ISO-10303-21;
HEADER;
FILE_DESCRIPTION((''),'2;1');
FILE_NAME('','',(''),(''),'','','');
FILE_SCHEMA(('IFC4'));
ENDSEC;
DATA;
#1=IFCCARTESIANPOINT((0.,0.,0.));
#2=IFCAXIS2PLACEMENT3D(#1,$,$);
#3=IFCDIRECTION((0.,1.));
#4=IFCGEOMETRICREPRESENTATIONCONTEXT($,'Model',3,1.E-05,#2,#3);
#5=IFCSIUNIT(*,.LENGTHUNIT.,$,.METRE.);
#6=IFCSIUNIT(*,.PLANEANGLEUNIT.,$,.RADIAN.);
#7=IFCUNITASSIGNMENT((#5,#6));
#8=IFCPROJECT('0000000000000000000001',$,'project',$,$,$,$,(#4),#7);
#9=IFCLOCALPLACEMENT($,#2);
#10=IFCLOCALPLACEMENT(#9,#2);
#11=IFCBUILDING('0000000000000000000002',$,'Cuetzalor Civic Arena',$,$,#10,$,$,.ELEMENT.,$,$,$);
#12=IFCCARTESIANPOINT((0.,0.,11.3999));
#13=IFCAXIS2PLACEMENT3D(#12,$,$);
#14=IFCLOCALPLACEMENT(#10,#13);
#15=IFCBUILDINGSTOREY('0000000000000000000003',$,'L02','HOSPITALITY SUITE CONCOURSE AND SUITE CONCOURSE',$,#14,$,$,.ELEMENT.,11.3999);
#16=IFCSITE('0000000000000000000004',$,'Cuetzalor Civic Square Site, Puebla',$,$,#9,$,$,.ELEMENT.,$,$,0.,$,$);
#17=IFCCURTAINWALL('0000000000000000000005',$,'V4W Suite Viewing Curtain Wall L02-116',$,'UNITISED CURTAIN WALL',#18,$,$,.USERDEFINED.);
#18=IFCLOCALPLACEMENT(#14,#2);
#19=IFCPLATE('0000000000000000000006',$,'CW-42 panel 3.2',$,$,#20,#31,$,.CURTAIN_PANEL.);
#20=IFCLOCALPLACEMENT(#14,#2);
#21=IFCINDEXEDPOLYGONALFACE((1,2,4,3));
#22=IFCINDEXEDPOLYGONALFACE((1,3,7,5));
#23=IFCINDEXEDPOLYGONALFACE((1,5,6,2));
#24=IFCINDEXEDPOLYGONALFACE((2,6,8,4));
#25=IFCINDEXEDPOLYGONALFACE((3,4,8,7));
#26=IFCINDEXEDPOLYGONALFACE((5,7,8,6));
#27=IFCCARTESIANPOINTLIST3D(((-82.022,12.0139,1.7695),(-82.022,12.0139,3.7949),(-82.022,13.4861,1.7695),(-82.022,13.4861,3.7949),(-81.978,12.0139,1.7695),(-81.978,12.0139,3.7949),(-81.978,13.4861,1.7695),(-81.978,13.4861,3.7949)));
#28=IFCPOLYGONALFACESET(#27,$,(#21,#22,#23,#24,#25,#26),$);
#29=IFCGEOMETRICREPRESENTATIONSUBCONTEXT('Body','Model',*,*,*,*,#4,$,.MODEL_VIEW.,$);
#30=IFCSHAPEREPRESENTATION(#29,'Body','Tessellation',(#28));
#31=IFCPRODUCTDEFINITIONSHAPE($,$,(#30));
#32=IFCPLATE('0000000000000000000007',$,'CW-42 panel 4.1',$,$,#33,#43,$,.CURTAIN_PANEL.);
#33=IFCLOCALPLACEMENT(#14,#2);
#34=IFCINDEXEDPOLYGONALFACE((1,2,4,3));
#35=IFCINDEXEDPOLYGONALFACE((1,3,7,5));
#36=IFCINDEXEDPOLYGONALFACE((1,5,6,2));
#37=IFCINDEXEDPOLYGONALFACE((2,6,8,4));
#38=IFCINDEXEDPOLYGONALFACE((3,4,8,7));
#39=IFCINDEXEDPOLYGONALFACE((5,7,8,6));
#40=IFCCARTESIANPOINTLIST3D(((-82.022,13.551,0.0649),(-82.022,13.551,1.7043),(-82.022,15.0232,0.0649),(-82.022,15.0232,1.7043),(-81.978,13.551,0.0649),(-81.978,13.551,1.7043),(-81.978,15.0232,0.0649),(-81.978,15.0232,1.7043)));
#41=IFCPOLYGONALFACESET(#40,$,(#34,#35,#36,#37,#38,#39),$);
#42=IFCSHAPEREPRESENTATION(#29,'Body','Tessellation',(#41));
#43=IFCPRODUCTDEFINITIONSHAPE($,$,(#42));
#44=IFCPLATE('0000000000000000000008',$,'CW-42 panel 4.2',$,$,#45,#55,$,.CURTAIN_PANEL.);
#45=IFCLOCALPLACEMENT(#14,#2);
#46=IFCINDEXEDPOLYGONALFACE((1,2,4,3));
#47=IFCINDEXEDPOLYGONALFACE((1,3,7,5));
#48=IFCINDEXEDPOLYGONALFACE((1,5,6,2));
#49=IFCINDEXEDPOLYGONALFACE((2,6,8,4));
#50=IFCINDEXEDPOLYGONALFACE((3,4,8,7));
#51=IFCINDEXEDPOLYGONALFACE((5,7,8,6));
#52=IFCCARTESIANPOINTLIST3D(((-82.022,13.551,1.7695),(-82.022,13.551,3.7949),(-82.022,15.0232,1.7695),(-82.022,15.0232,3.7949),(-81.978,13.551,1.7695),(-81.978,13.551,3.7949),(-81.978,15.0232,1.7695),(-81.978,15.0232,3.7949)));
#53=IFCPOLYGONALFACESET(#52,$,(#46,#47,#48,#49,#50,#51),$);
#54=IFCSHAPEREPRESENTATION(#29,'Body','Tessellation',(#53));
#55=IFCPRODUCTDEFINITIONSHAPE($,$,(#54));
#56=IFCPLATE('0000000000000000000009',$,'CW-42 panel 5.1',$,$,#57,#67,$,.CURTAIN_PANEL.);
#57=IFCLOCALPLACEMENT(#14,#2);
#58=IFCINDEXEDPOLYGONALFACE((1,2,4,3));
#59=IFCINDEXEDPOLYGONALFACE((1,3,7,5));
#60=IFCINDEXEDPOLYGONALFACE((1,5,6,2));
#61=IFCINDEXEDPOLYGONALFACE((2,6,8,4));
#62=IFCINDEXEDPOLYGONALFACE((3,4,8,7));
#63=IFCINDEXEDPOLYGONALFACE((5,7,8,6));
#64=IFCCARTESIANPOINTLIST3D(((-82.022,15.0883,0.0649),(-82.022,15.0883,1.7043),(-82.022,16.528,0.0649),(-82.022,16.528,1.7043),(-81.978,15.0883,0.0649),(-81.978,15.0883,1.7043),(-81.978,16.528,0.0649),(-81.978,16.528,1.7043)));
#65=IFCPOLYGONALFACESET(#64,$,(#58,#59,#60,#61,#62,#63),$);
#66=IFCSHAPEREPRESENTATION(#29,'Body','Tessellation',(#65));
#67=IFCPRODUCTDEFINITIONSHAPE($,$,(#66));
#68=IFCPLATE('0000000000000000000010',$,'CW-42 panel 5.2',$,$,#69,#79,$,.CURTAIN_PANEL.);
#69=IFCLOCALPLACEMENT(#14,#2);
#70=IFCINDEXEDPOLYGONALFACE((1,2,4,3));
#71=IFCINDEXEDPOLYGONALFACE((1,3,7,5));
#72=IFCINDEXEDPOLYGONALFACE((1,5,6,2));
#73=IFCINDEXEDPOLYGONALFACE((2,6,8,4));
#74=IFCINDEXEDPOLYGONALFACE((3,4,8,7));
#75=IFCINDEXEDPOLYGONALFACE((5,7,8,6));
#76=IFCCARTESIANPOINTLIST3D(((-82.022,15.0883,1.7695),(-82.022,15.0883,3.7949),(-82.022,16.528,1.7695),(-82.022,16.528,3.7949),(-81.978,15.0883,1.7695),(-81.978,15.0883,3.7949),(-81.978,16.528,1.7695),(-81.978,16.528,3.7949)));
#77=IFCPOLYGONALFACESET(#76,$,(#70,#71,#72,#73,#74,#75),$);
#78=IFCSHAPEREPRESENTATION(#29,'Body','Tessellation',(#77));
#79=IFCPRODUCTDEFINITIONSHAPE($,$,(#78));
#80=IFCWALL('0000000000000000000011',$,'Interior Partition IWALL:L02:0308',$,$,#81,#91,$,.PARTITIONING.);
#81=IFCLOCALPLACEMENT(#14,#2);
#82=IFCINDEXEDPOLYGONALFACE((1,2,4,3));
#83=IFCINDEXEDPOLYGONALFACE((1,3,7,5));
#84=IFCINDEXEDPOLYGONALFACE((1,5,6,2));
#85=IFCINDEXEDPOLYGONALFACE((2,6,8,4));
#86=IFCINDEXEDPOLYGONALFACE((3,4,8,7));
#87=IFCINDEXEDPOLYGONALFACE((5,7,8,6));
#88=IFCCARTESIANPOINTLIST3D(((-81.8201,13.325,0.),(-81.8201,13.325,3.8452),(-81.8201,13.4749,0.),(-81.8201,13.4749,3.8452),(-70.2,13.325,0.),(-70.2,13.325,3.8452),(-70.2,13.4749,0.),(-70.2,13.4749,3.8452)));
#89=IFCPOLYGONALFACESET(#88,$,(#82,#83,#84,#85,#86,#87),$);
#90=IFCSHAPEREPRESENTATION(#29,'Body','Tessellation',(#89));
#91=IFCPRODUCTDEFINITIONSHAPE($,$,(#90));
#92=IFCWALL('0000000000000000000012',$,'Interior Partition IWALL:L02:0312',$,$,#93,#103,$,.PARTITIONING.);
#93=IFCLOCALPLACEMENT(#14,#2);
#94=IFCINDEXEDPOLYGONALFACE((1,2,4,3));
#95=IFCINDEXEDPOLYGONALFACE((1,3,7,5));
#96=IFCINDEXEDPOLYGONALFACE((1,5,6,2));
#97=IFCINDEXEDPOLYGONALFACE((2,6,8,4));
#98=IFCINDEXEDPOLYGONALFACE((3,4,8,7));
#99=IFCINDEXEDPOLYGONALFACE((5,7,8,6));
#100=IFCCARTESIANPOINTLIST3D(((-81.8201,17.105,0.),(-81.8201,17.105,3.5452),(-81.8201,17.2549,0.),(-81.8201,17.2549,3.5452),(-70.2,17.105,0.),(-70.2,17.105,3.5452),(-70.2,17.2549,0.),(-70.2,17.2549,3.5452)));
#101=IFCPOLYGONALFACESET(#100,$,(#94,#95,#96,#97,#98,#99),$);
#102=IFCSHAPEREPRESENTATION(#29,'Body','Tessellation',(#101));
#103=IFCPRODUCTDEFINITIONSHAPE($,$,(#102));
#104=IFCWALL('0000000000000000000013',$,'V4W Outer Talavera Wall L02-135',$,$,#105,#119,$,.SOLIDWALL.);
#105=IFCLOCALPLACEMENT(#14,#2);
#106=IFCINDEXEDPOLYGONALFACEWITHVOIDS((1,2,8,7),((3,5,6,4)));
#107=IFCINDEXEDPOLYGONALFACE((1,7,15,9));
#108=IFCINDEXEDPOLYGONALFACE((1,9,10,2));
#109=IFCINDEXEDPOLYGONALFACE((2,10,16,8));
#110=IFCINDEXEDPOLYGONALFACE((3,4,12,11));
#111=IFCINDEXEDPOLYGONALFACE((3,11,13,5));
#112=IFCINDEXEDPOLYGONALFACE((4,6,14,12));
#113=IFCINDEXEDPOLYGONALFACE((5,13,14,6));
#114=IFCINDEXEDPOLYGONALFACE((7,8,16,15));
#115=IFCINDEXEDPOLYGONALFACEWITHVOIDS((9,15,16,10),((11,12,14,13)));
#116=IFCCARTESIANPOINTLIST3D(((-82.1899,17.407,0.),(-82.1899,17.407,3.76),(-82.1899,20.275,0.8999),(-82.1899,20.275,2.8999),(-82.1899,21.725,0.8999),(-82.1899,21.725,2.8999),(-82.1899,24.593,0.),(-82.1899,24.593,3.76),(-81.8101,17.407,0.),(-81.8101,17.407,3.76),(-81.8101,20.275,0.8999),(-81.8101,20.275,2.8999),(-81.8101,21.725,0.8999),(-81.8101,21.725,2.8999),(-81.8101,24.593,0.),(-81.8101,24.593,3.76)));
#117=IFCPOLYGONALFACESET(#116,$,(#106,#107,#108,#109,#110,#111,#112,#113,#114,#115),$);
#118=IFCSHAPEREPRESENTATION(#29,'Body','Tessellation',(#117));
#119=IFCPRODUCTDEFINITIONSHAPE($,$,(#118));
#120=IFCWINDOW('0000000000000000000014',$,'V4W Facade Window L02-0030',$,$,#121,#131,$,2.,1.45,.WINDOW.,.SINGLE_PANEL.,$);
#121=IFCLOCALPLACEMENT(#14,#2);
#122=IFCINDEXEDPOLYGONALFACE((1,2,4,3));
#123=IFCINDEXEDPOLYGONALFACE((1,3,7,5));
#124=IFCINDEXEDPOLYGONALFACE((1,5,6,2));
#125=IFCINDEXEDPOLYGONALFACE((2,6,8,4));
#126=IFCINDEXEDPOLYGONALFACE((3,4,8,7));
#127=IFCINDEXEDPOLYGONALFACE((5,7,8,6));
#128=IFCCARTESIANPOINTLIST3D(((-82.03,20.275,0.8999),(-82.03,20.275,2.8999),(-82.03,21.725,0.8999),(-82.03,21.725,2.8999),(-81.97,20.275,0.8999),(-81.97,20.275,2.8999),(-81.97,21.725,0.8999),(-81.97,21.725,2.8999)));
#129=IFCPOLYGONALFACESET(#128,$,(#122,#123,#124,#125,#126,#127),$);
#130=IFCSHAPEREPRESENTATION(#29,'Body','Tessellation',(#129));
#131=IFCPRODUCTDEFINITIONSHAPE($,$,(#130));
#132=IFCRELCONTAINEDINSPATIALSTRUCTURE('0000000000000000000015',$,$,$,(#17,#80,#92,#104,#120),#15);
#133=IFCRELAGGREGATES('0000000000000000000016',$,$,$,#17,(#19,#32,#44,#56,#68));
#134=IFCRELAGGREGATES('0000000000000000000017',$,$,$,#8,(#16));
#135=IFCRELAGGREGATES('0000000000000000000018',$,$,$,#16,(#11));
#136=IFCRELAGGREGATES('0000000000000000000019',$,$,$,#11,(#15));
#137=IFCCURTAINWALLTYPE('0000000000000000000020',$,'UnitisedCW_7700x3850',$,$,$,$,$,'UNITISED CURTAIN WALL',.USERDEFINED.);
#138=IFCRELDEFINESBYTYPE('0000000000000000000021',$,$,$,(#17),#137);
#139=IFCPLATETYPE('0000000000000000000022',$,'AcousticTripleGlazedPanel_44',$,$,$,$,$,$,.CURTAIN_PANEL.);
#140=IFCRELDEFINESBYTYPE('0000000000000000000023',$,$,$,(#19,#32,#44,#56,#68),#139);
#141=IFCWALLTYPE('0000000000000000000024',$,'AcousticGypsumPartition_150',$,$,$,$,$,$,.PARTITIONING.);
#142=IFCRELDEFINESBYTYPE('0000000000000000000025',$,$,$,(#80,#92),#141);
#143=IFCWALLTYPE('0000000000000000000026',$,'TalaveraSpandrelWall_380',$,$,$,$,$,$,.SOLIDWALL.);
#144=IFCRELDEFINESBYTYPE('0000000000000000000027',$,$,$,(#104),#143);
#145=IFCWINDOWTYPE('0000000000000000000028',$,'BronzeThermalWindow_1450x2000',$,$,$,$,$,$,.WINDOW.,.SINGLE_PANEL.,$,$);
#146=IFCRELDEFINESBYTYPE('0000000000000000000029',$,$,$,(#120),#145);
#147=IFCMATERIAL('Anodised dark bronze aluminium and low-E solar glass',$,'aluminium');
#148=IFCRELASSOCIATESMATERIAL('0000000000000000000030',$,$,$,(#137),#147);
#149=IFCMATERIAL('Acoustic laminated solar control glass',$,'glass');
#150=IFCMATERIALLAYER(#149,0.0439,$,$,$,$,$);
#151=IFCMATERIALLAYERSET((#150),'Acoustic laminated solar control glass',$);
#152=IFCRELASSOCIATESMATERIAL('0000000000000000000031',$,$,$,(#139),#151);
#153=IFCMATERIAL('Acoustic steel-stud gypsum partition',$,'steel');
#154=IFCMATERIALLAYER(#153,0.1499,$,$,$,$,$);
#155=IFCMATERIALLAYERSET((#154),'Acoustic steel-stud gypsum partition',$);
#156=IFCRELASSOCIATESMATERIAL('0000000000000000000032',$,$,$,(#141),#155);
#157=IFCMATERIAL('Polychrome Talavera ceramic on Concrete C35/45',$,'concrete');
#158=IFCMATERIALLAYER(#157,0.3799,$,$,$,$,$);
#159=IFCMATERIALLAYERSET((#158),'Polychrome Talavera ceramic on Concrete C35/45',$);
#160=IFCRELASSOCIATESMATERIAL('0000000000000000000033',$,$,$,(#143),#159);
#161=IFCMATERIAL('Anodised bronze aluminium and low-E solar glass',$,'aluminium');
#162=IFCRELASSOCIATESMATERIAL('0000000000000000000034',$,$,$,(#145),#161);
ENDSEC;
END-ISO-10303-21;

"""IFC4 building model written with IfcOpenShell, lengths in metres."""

from ifc_helpers import new_model, si_unit, direction, frame, frame_2d, origin, origin_2d, place, context, subcontext, project, spatial, rectangle, extrude, material, layer, layer_set, type_object, element, fill, aggregate, save


model = new_model("IFC4")

# Units and contexts
model_context = context("Model", 3, precision=1e-05, world=origin(), true_north=direction((0.0, 1.0)))
body_context = subcontext(model_context, "Body", "Model", "MODEL_VIEW")
ifc_project = project(units=[si_unit("LENGTHUNIT", "METRE"), si_unit("PLANEANGLEUNIT", "RADIAN")], contexts=[model_context])

# Site, building, storey
site_placement = place(None, origin())
site = spatial("IfcSite", under=ifc_project, at=site_placement, Name="Cuetzalor Civic Square Site, Puebla", CompositionType="ELEMENT", RefElevation=0.0)
building_placement = place(site_placement, origin())
building = spatial("IfcBuilding", under=site, at=building_placement, Name="Cuetzalor Civic Arena", CompositionType="ELEMENT")
storey_placement = place(building_placement, frame((0.0, 0.0, 11.3999)))
storey = spatial("IfcBuildingStorey", under=building, at=storey_placement, Name="L02", Description="HOSPITALITY SUITE CONCOURSE AND SUITE CONCOURSE", CompositionType="ELEMENT", Elevation=11.3999)

# Curtain wall
ifc_material_1 = material(Name="Anodised dark bronze aluminium and low-E solar glass", Category="aluminium")
curtain_wall_type = type_object("IfcCurtainWallType", Name="UnitisedCW_7700x3850", ElementType="UNITISED CURTAIN WALL", PredefinedType="USERDEFINED", material=ifc_material_1)
curtain_wall_placement = place(storey_placement, origin())
curtain_wall = element("IfcCurtainWall", 1, at=curtain_wall_placement, inside=storey, type_object=curtain_wall_type, Name="V4W Suite Viewing Curtain Wall L02-116", ObjectType="UNITISED CURTAIN WALL", PredefinedType="USERDEFINED")

# Plates
ifc_material_2 = material(Name="Acoustic laminated solar control glass", Category="glass")
ifc_layer_1 = layer(ifc_material_2, 0.0439)
ifc_layer_set_1 = layer_set([ifc_layer_1], Name="Acoustic laminated solar control glass")
plate_type = type_object("IfcPlateType", Name="AcousticTripleGlazedPanel_44", PredefinedType="CURTAIN_PANEL", material=ifc_layer_set_1)
plate_1_placement = place(storey_placement, frame((-82.0, 12.75, 1.7695), z_axis=(0.0, 0.0, 1.0), x_axis=(0.0, 1.0, 0.0)))
plate_1 = element("IfcPlate", 2, at=plate_1_placement, type_object=plate_type, Name="CW-42 panel 3.2", PredefinedType="CURTAIN_PANEL", context=body_context, shape_type="SweptSolid", body=[
    extrude(rectangle(XDim=1.4722, YDim=0.0439, at=origin_2d()), origin(), (0.0, 0.0, 1.0), 2.0254),
])
plate_2_placement = place(storey_placement, frame((-82.0, 14.2871, 0.0649), z_axis=(0.0, 0.0, 1.0), x_axis=(0.0, 1.0, 0.0)))
plate_2 = element("IfcPlate", 3, at=plate_2_placement, type_object=plate_type, Name="CW-42 panel 4.1", PredefinedType="CURTAIN_PANEL", context=body_context, shape_type="SweptSolid", body=[
    extrude(rectangle(XDim=1.4722, YDim=0.0439, at=origin_2d()), origin(), (0.0, 0.0, 1.0), 1.6394),
])
plate_3_placement = place(storey_placement, frame((-82.0, 14.2871, 1.7695), z_axis=(0.0, 0.0, 1.0), x_axis=(0.0, 1.0, 0.0)))
plate_3 = element("IfcPlate", 4, at=plate_3_placement, type_object=plate_type, Name="CW-42 panel 4.2", PredefinedType="CURTAIN_PANEL", context=body_context, shape_type="SweptSolid", body=[
    extrude(rectangle(XDim=1.4722, YDim=0.0439, at=origin_2d()), origin(), (0.0, 0.0, 1.0), 2.0254),
])
plate_4_placement = place(storey_placement, frame((-82.0, 15.8081, 0.0649), z_axis=(0.0, 0.0, 1.0), x_axis=(0.0, 1.0, 0.0)))
plate_4 = element("IfcPlate", 5, at=plate_4_placement, type_object=plate_type, Name="CW-42 panel 5.1", PredefinedType="CURTAIN_PANEL", context=body_context, shape_type="SweptSolid", body=[
    extrude(rectangle(XDim=1.4397, YDim=0.0439, at=origin_2d()), origin(), (0.0, 0.0, 1.0), 1.6394),
])
plate_5_placement = place(storey_placement, frame((-82.0, 15.8081, 1.7695), z_axis=(0.0, 0.0, 1.0), x_axis=(0.0, 1.0, 0.0)))
plate_5 = element("IfcPlate", 6, at=plate_5_placement, type_object=plate_type, Name="CW-42 panel 5.2", PredefinedType="CURTAIN_PANEL", context=body_context, shape_type="SweptSolid", body=[
    extrude(rectangle(XDim=1.4397, YDim=0.0439, at=origin_2d()), origin(), (0.0, 0.0, 1.0), 2.0254),
])
aggregate(curtain_wall, [plate_1, plate_2, plate_3, plate_4, plate_5])

# Wall
ifc_material_3 = material(Name="Acoustic steel-stud gypsum partition", Category="steel")
ifc_layer_2 = layer(ifc_material_3, 0.1499)
ifc_layer_set_2 = layer_set([ifc_layer_2], Name="Acoustic steel-stud gypsum partition")
wall_type_1 = type_object("IfcWallType", Name="AcousticGypsumPartition_150", PredefinedType="PARTITIONING", material=ifc_layer_set_2)
wall_1_placement = place(storey_placement, frame((-81.8201, 13.3999, 0.0), z_axis=(0.0, 0.0, 1.0), x_axis=(1.0, 0.0, 0.0)))
element("IfcWall", 7, at=wall_1_placement, inside=storey, type_object=wall_type_1, Name="Interior Partition IWALL:L02:0308", PredefinedType="PARTITIONING", context=body_context, shape_type="SweptSolid", body=[
    extrude(rectangle(XDim=11.6201, YDim=0.1499, at=frame_2d((5.8101, 0.0))), origin(), (0.0, 0.0, 1.0), 3.8452),
])

# Wall
wall_2_placement = place(storey_placement, frame((-81.8201, 17.1799, 0.0), z_axis=(0.0, 0.0, 1.0), x_axis=(1.0, 0.0, 0.0)))
element("IfcWall", 8, at=wall_2_placement, inside=storey, type_object=wall_type_1, Name="Interior Partition IWALL:L02:0312", PredefinedType="PARTITIONING", context=body_context, shape_type="SweptSolid", body=[
    extrude(rectangle(XDim=11.6201, YDim=0.1499, at=frame_2d((5.8101, 0.0))), origin(), (0.0, 0.0, 1.0), 3.5452),
])

# Wall, opening, window
ifc_material_4 = material(Name="Polychrome Talavera ceramic on Concrete C35/45", Category="concrete")
ifc_layer_3 = layer(ifc_material_4, 0.3799)
ifc_layer_set_3 = layer_set([ifc_layer_3], Name="Polychrome Talavera ceramic on Concrete C35/45")
wall_type_2 = type_object("IfcWallType", Name="TalaveraSpandrelWall_380", PredefinedType="SOLIDWALL", material=ifc_layer_set_3)
wall_3_placement = place(storey_placement, frame((-82.0, 17.407, 0.0), z_axis=(0.0, 0.0, 1.0), x_axis=(0.0, 1.0, 0.0)))
wall_3 = element("IfcWall", 9, at=wall_3_placement, inside=storey, type_object=wall_type_2, Name="V4W Outer Talavera Wall L02-135", PredefinedType="SOLIDWALL", context=body_context, shape_type="SweptSolid", body=[
    extrude(rectangle(XDim=7.186, YDim=0.3799, at=frame_2d((3.593, 0.0))), origin(), (0.0, 0.0, 1.0), 3.76),
])
opening_1_placement = place(wall_3_placement, frame((2.8679, 0.0, 0.8999)))
opening_1 = element("IfcOpeningElement", 10, at=opening_1_placement, cuts=wall_3, PredefinedType="OPENING", context=body_context, shape_type="SweptSolid", body=[
    extrude(rectangle(XDim=1.45, YDim=2.0, at=frame_2d((0.7251, 1.0))), frame((0.0, 0.2, 0.0), z_axis=(0.0, -1.0, 0.0), x_axis=(1.0, 0.0, 0.0)), (0.0, 0.0, 1.0), 0.3999),
])
ifc_material_5 = material(Name="Anodised bronze aluminium and low-E solar glass", Category="aluminium")
window_type = type_object("IfcWindowType", Name="BronzeThermalWindow_1450x2000", PartitioningType="SINGLE_PANEL", PredefinedType="WINDOW", material=ifc_material_5)
window_placement = place(opening_1_placement, origin())
window = element("IfcWindow", 11, at=window_placement, inside=storey, type_object=window_type, Name="V4W Facade Window L02-0030", OverallHeight=2.0, OverallWidth=1.45, PartitioningType="SINGLE_PANEL", PredefinedType="WINDOW", context=body_context, shape_type="SweptSolid", body=[
    extrude(rectangle(XDim=1.45, YDim=2.0, at=frame_2d((0.7251, 1.0))), frame((0.0, 0.03, 0.0), z_axis=(0.0, -1.0, 0.0), x_axis=(1.0, 0.0, 0.0)), (0.0, 0.0, 1.0), 0.0601),
])
fill(opening_1, window)

save(model, "model.ifc")
